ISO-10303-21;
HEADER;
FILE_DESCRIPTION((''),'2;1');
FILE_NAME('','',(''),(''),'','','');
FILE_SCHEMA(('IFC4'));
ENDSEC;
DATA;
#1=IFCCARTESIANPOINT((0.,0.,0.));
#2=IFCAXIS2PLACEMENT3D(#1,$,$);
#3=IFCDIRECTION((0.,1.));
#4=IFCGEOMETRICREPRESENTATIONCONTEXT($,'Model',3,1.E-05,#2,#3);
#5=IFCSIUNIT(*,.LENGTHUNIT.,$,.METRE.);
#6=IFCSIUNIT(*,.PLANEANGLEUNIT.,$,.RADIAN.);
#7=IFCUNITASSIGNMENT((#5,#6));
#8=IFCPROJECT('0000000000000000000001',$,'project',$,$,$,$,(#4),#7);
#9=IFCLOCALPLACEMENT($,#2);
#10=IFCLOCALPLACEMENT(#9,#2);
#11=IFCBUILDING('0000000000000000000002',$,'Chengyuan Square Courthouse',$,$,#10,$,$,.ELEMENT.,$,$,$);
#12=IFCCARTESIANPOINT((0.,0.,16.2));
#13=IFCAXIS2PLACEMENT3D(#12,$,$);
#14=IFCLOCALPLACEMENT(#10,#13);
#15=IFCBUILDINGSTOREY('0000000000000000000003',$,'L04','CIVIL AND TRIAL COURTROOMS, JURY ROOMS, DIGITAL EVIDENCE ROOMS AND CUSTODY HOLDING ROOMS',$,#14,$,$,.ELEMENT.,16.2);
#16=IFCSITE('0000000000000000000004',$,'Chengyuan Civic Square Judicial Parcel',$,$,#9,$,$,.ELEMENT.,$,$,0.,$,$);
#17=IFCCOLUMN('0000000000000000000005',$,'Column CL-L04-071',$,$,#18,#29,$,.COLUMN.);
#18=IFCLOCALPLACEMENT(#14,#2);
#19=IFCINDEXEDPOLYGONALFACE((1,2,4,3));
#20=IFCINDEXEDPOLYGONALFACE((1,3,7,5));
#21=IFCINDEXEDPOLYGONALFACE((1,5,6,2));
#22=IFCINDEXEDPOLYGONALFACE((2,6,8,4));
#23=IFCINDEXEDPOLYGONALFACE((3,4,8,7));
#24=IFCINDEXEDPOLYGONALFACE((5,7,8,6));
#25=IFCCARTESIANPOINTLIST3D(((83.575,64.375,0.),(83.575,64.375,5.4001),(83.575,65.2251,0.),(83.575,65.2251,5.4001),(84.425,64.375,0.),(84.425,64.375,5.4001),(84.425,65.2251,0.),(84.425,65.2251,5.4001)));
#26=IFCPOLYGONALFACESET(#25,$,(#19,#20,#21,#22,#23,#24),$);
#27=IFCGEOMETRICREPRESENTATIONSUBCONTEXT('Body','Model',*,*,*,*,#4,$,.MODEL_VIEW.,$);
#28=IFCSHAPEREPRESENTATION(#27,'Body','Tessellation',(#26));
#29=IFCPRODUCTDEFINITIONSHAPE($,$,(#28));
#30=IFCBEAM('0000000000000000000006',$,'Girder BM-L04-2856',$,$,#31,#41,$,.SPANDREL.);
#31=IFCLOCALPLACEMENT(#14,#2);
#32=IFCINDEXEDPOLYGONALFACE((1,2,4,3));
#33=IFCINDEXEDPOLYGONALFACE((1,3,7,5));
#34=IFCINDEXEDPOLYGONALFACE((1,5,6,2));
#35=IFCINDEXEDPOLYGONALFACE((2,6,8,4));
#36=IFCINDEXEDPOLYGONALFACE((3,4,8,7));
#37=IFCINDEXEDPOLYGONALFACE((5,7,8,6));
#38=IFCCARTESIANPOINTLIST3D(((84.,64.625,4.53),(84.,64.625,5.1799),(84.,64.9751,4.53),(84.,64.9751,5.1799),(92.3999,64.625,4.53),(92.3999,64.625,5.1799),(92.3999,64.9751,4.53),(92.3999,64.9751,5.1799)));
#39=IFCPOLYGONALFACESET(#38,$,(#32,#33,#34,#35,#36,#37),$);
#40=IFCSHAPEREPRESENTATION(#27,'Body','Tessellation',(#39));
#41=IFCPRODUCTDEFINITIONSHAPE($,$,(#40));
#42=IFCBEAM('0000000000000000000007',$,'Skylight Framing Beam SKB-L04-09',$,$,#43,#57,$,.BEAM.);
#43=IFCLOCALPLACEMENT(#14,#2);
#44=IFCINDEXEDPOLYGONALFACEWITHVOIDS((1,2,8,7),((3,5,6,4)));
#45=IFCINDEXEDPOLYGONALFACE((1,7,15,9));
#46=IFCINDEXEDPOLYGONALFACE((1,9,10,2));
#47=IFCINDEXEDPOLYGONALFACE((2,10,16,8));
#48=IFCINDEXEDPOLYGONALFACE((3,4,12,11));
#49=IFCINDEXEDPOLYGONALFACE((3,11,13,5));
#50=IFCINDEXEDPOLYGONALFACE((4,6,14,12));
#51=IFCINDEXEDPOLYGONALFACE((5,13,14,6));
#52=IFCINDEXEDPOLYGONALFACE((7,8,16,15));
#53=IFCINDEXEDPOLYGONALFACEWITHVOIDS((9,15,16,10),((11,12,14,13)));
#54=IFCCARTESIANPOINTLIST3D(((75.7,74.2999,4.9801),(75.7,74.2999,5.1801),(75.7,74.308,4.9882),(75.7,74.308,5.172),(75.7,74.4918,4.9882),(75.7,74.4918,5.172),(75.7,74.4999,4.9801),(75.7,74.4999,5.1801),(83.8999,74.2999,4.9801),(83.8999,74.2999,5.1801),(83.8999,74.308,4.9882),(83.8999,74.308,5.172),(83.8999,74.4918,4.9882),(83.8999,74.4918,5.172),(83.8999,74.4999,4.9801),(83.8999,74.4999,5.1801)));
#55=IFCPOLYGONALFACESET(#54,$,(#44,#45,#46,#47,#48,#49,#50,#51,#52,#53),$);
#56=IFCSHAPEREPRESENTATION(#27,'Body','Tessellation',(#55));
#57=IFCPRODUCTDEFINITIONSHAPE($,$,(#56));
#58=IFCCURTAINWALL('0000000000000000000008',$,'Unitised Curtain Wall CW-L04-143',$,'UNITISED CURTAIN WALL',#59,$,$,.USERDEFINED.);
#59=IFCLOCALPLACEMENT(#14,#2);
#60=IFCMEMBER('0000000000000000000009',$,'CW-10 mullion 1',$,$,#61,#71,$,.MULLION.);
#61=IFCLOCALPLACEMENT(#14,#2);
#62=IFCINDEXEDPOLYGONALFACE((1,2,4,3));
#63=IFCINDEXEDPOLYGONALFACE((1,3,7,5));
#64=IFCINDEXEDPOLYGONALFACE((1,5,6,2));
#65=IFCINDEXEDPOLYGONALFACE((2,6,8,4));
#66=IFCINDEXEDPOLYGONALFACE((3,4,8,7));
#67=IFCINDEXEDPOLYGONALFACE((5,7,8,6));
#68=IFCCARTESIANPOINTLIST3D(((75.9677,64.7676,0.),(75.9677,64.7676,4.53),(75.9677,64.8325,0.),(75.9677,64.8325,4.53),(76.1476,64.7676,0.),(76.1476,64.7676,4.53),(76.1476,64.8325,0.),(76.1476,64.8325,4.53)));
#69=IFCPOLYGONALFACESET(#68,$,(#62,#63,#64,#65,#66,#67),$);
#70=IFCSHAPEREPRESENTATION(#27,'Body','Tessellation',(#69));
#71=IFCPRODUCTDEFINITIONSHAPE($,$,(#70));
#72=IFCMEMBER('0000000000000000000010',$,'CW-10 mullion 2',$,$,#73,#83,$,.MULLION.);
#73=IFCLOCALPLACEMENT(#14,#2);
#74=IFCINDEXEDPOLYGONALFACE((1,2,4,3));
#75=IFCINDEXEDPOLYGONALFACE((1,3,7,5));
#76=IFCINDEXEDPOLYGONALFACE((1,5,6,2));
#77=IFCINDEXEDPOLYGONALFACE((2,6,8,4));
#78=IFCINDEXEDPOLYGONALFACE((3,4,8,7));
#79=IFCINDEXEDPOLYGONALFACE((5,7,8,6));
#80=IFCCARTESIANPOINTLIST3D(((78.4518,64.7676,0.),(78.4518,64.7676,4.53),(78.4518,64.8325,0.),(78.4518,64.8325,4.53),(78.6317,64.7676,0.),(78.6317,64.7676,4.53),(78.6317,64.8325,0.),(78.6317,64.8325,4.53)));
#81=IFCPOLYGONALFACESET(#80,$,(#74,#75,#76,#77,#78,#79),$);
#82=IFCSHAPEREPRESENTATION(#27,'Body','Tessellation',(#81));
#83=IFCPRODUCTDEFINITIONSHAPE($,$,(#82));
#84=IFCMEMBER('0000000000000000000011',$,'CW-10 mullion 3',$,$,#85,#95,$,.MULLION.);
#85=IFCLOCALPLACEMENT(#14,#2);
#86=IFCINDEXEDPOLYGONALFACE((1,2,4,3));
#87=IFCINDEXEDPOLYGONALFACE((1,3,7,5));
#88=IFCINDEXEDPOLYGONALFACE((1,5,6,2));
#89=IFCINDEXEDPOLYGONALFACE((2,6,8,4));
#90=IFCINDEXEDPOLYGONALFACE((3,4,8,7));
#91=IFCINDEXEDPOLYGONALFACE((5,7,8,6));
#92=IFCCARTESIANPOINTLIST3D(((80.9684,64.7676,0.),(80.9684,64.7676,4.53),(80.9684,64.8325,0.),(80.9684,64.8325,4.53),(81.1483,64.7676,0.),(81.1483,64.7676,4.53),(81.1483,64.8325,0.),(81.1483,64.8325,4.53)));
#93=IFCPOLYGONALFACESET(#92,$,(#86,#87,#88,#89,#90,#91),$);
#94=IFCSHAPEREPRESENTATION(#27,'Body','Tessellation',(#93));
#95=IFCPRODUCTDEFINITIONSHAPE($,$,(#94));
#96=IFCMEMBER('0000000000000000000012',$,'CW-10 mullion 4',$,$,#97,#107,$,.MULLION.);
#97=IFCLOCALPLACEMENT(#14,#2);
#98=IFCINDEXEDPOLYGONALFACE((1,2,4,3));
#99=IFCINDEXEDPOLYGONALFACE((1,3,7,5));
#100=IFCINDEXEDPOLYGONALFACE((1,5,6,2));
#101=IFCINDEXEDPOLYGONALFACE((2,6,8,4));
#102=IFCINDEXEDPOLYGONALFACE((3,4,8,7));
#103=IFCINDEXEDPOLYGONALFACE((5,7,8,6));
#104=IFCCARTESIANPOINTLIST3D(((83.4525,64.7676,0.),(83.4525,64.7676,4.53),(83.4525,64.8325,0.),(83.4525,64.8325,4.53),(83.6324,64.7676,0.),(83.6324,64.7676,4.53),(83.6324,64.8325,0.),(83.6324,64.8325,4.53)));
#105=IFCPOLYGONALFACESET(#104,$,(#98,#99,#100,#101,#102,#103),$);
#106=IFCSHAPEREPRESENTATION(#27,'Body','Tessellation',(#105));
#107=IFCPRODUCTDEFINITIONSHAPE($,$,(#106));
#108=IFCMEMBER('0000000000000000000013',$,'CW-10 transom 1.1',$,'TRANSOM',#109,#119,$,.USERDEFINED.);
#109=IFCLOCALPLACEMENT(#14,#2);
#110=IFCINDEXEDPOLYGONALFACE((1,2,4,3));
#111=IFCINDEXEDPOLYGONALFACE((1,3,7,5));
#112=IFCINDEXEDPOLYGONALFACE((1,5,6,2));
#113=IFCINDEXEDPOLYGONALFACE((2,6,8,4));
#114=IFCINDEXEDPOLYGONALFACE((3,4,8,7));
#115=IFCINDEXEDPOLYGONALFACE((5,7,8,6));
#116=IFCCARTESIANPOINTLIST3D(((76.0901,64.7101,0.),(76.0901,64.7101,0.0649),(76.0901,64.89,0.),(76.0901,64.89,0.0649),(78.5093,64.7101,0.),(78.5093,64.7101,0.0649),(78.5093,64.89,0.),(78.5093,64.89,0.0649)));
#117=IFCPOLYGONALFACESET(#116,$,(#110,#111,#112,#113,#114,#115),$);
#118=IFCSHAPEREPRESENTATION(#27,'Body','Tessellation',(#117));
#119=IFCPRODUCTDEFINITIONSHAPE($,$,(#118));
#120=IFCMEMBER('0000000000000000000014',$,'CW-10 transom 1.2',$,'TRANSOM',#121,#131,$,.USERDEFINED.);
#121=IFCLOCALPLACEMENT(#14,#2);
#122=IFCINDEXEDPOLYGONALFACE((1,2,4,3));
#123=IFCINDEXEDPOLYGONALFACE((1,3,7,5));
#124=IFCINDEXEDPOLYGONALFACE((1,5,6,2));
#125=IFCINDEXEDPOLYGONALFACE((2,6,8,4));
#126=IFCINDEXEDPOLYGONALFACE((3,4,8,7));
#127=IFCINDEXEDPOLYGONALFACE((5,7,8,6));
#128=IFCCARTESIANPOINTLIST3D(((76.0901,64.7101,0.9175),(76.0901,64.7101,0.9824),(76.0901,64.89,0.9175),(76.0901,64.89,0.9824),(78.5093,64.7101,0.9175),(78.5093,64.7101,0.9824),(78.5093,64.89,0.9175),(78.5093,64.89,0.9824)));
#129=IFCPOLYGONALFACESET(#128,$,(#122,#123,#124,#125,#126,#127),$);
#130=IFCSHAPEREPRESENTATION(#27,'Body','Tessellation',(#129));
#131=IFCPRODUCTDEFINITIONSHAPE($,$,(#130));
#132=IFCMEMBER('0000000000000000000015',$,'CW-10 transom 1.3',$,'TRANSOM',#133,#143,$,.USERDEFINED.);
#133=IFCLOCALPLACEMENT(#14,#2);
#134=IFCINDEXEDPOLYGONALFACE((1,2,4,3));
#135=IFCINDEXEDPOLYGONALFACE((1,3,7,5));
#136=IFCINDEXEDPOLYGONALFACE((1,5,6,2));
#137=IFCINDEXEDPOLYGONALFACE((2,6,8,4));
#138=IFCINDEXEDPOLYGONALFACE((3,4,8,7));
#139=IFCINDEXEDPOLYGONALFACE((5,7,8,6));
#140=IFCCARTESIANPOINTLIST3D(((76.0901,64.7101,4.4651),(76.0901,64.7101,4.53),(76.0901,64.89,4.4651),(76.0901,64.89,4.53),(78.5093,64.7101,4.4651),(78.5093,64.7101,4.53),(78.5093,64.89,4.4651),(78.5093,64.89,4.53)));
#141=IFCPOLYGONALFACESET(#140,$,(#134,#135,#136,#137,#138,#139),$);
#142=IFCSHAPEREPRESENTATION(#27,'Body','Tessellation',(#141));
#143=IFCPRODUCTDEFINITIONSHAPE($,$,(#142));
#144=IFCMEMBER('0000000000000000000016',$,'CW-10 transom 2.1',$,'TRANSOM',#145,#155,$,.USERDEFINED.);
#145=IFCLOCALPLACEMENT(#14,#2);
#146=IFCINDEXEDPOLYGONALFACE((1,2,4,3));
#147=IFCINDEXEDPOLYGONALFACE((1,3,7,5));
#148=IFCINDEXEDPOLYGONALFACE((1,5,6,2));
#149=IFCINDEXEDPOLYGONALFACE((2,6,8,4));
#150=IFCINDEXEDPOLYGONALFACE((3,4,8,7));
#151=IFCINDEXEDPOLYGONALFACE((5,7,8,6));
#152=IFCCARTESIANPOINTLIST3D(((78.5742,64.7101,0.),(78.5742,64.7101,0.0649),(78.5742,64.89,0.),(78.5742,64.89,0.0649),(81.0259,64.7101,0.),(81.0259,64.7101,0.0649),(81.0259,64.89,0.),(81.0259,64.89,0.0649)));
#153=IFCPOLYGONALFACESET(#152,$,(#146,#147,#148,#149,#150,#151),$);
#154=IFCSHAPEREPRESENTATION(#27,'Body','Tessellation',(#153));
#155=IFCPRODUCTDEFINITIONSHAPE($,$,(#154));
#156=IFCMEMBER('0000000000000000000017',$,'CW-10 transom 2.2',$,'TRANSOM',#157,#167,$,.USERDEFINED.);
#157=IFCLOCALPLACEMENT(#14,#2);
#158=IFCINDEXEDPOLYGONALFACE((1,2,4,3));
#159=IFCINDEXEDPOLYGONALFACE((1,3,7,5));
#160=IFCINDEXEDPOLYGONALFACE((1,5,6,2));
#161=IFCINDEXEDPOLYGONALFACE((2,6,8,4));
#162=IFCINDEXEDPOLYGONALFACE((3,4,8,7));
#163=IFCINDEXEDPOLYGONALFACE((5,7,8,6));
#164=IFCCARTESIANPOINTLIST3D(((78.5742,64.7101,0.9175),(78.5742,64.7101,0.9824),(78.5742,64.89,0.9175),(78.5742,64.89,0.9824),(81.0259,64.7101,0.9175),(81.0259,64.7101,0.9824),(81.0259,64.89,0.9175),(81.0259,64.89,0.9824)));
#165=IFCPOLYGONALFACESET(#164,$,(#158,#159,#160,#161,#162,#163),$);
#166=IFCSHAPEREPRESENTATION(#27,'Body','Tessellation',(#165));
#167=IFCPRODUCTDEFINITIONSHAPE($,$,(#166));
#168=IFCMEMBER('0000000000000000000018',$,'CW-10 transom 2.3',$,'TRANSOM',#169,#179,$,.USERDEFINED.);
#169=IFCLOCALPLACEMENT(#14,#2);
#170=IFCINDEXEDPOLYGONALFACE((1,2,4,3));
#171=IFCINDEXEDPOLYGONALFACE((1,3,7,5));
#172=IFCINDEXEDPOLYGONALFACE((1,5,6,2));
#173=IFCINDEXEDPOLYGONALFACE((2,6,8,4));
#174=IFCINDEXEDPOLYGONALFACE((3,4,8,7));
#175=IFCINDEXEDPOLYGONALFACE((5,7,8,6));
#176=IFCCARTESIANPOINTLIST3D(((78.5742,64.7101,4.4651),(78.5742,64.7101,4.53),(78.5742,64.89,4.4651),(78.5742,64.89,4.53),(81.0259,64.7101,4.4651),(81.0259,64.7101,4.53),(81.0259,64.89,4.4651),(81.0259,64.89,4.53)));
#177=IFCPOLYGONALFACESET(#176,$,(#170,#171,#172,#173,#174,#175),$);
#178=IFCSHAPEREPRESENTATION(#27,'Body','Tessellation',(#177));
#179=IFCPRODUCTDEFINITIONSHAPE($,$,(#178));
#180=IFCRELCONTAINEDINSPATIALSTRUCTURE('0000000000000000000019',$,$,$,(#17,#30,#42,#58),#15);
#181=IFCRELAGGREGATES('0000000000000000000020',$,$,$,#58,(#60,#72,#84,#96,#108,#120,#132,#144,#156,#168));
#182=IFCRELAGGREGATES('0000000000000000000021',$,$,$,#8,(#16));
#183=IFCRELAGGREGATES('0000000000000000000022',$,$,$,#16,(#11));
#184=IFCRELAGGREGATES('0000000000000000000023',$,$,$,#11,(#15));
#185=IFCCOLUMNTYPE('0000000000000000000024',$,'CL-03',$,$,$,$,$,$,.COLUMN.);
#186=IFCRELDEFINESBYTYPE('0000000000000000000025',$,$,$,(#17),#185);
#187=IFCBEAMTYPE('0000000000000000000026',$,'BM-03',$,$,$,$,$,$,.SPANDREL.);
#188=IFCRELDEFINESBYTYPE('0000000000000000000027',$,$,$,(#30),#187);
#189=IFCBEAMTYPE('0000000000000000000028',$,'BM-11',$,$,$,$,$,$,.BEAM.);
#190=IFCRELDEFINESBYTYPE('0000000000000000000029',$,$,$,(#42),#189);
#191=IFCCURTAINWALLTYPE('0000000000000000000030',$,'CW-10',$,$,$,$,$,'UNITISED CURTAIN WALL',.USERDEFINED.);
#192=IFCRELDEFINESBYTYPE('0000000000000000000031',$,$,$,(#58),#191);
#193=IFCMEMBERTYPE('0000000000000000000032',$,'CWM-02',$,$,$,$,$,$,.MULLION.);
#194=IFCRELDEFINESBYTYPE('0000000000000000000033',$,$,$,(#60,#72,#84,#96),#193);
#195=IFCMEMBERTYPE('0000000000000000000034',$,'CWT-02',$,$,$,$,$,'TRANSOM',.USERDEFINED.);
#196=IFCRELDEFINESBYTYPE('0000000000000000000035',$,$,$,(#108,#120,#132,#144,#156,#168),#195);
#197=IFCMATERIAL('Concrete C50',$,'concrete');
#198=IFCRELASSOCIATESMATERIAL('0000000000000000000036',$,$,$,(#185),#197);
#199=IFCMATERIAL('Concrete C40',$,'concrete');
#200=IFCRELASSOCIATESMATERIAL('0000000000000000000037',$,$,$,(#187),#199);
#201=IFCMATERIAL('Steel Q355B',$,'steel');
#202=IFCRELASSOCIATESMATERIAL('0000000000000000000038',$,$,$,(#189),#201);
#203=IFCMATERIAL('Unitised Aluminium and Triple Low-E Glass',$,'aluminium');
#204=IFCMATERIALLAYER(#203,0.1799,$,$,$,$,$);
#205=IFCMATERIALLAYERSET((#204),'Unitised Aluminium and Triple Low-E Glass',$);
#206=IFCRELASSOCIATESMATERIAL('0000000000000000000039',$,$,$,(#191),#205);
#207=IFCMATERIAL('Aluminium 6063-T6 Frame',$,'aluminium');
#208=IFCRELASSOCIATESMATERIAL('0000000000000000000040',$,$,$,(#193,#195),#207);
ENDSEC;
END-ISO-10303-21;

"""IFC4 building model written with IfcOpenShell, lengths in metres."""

from ifc_helpers import new_model, si_unit, direction, frame, origin, origin_2d, place, context, subcontext, project, spatial, rectangle, hollow_rectangle, extrude, material, layer, layer_set, material_profile, profile_set, type_object, element, aggregate, save


model = new_model("IFC4")

# Units and contexts
model_context = context("Model", 3, precision=1e-05, world=origin(), true_north=direction((0.0, 1.0)))
body_context = subcontext(model_context, "Body", "Model", "MODEL_VIEW")
ifc_project = project(units=[si_unit("LENGTHUNIT", "METRE"), si_unit("PLANEANGLEUNIT", "RADIAN")], contexts=[model_context])

# Site, building, storey
site_placement = place(None, origin())
site = spatial("IfcSite", under=ifc_project, at=site_placement, Name="Chengyuan Civic Square Judicial Parcel", CompositionType="ELEMENT", RefElevation=0.0)
building_placement = place(site_placement, origin())
building = spatial("IfcBuilding", under=site, at=building_placement, Name="Chengyuan Square Courthouse", CompositionType="ELEMENT")
storey_placement = place(building_placement, frame((0.0, 0.0, 16.2)))
storey = spatial("IfcBuildingStorey", under=building, at=storey_placement, Name="L04", Description="CIVIL AND TRIAL COURTROOMS, JURY ROOMS, DIGITAL EVIDENCE ROOMS AND CUSTODY HOLDING ROOMS", CompositionType="ELEMENT", Elevation=16.2)

# Column
ifc_material_1 = material(Name="Concrete C50", Category="concrete")
ifc_material_profile_1 = material_profile(ifc_material_1, rectangle(XDim=0.8501, YDim=0.8501, at=origin_2d()), Name="RC-COL-850x850")
ifc_profile_set_1 = profile_set([ifc_material_profile_1], Name="Concrete C50")
column_type = type_object("IfcColumnType", Name="CL-03", PredefinedType="COLUMN", material=ifc_profile_set_1)
column_placement = place(storey_placement, frame((84.0, 64.8, 0.0), z_axis=(0.0, 0.0, 1.0), x_axis=(1.0, 0.0, 0.0)))
element("IfcColumn", 1, at=column_placement, inside=storey, type_object=column_type, Name="Column CL-L04-071", PredefinedType="COLUMN", context=body_context, shape_type="SweptSolid", body=[
    extrude(rectangle(XDim=0.8501, YDim=0.8501, at=origin_2d()), origin(), (0.0, 0.0, 1.0), 5.4001),
])

# Beams
ifc_material_2 = material(Name="Concrete C40", Category="concrete")
ifc_material_profile_2 = material_profile(ifc_material_2, rectangle(XDim=0.3501, YDim=0.6499, at=origin_2d()), Name="RC-BM-350x650")
ifc_profile_set_2 = profile_set([ifc_material_profile_2], Name="Concrete C40")
beam_type_1 = type_object("IfcBeamType", Name="BM-03", PredefinedType="SPANDREL", material=ifc_profile_set_2)
beam_1_placement = place(storey_placement, frame((84.0, 64.8, 4.855), z_axis=(1.0, 0.0, 0.0), x_axis=(0.0, 1.0, 0.0)))
element("IfcBeam", 2, at=beam_1_placement, inside=storey, type_object=beam_type_1, Name="Girder BM-L04-2856", PredefinedType="SPANDREL", context=body_context, shape_type="SweptSolid", body=[
    extrude(rectangle(XDim=0.3501, YDim=0.6499, at=origin_2d()), origin(), (0.0, 0.0, 1.0), 8.3999),
])
ifc_material_3 = material(Name="Steel Q355B", Category="steel")
ifc_material_profile_3 = material_profile(ifc_material_3, hollow_rectangle(XDim=0.2, YDim=0.2, WallThickness=0.0081, at=origin_2d()), Name="SHS 200x200x8")
ifc_profile_set_3 = profile_set([ifc_material_profile_3], Name="Steel Q355B")
beam_type_2 = type_object("IfcBeamType", Name="BM-11", PredefinedType="BEAM", material=ifc_profile_set_3)
beam_2_placement = place(storey_placement, frame((75.7, 74.3999, 5.0801), z_axis=(1.0, 0.0, 0.0), x_axis=(0.0, 1.0, 0.0)))
element("IfcBeam", 3, at=beam_2_placement, inside=storey, type_object=beam_type_2, Name="Skylight Framing Beam SKB-L04-09", PredefinedType="BEAM", context=body_context, shape_type="SweptSolid", body=[
    extrude(hollow_rectangle(XDim=0.2, YDim=0.2, WallThickness=0.0081, at=origin_2d()), origin(), (0.0, 0.0, 1.0), 8.2),
])

# Curtain wall, members
ifc_material_4 = material(Name="Unitised Aluminium and Triple Low-E Glass", Category="aluminium")
ifc_layer_1 = layer(ifc_material_4, 0.1799)
ifc_layer_set_1 = layer_set([ifc_layer_1], Name="Unitised Aluminium and Triple Low-E Glass")
curtain_wall_type = type_object("IfcCurtainWallType", Name="CW-10", ElementType="UNITISED CURTAIN WALL", PredefinedType="USERDEFINED", material=ifc_layer_set_1)
curtain_wall_placement = place(storey_placement, origin())
curtain_wall = element("IfcCurtainWall", 4, at=curtain_wall_placement, inside=storey, type_object=curtain_wall_type, Name="Unitised Curtain Wall CW-L04-143", ObjectType="UNITISED CURTAIN WALL", PredefinedType="USERDEFINED")
ifc_material_5 = material(Name="Aluminium 6063-T6 Frame", Category="aluminium")
ifc_material_profile_4 = material_profile(ifc_material_5, rectangle(XDim=0.0649, YDim=0.1799, at=origin_2d()), Name="CW-MUL-65x180")
ifc_profile_set_4 = profile_set([ifc_material_profile_4], Name="Aluminium 6063-T6 Frame")
member_type_1 = type_object("IfcMemberType", Name="CWM-02", PredefinedType="MULLION", material=ifc_profile_set_4)
member_1_placement = place(storey_placement, frame((76.0576, 64.8, 0.0), z_axis=(0.0, 0.0, 1.0), x_axis=(0.0, 1.0, 0.0)))
member_1 = element("IfcMember", 5, at=member_1_placement, type_object=member_type_1, Name="CW-10 mullion 1", PredefinedType="MULLION", context=body_context, shape_type="SweptSolid", body=[
    extrude(rectangle(XDim=0.0649, YDim=0.1799, at=origin_2d()), origin(), (0.0, 0.0, 1.0), 4.53),
])
member_2_placement = place(storey_placement, frame((78.5417, 64.8, 0.0), z_axis=(0.0, 0.0, 1.0), x_axis=(0.0, 1.0, 0.0)))
member_2 = element("IfcMember", 6, at=member_2_placement, type_object=member_type_1, Name="CW-10 mullion 2", PredefinedType="MULLION", context=body_context, shape_type="SweptSolid", body=[
    extrude(rectangle(XDim=0.0649, YDim=0.1799, at=origin_2d()), origin(), (0.0, 0.0, 1.0), 4.53),
])
member_3_placement = place(storey_placement, frame((81.0583, 64.8, 0.0), z_axis=(0.0, 0.0, 1.0), x_axis=(0.0, 1.0, 0.0)))
member_3 = element("IfcMember", 7, at=member_3_placement, type_object=member_type_1, Name="CW-10 mullion 3", PredefinedType="MULLION", context=body_context, shape_type="SweptSolid", body=[
    extrude(rectangle(XDim=0.0649, YDim=0.1799, at=origin_2d()), origin(), (0.0, 0.0, 1.0), 4.53),
])
member_4_placement = place(storey_placement, frame((83.5425, 64.8, 0.0), z_axis=(0.0, 0.0, 1.0), x_axis=(0.0, 1.0, 0.0)))
member_4 = element("IfcMember", 8, at=member_4_placement, type_object=member_type_1, Name="CW-10 mullion 4", PredefinedType="MULLION", context=body_context, shape_type="SweptSolid", body=[
    extrude(rectangle(XDim=0.0649, YDim=0.1799, at=origin_2d()), origin(), (0.0, 0.0, 1.0), 4.53),
])
ifc_material_profile_5 = material_profile(ifc_material_5, rectangle(XDim=0.1799, YDim=0.0649, at=origin_2d()), Name="CW-TRN-65x140")
ifc_profile_set_5 = profile_set([ifc_material_profile_5], Name="Aluminium 6063-T6 Frame")
member_type_2 = type_object("IfcMemberType", Name="CWT-02", ElementType="TRANSOM", PredefinedType="USERDEFINED", material=ifc_profile_set_5)
member_5_placement = place(storey_placement, frame((76.0901, 64.8, 0.0325), z_axis=(1.0, 0.0, 0.0), x_axis=(0.0, 1.0, 0.0)))
member_5 = element("IfcMember", 9, at=member_5_placement, type_object=member_type_2, Name="CW-10 transom 1.1", ObjectType="TRANSOM", PredefinedType="USERDEFINED", context=body_context, shape_type="SweptSolid", body=[
    extrude(rectangle(XDim=0.1799, YDim=0.0649, at=origin_2d()), origin(), (0.0, 0.0, 1.0), 2.4192),
])
member_6_placement = place(storey_placement, frame((76.0901, 64.8, 0.95), z_axis=(1.0, 0.0, 0.0), x_axis=(0.0, 1.0, 0.0)))
member_6 = element("IfcMember", 10, at=member_6_placement, type_object=member_type_2, Name="CW-10 transom 1.2", ObjectType="TRANSOM", PredefinedType="USERDEFINED", context=body_context, shape_type="SweptSolid", body=[
    extrude(rectangle(XDim=0.1799, YDim=0.0649, at=origin_2d()), origin(), (0.0, 0.0, 1.0), 2.4192),
])
member_7_placement = place(storey_placement, frame((76.0901, 64.8, 4.4976), z_axis=(1.0, 0.0, 0.0), x_axis=(0.0, 1.0, 0.0)))
member_7 = element("IfcMember", 11, at=member_7_placement, type_object=member_type_2, Name="CW-10 transom 1.3", ObjectType="TRANSOM", PredefinedType="USERDEFINED", context=body_context, shape_type="SweptSolid", body=[
    extrude(rectangle(XDim=0.1799, YDim=0.0649, at=origin_2d()), origin(), (0.0, 0.0, 1.0), 2.4192),
])
member_8_placement = place(storey_placement, frame((78.5742, 64.8, 0.0325), z_axis=(1.0, 0.0, 0.0), x_axis=(0.0, 1.0, 0.0)))
member_8 = element("IfcMember", 12, at=member_8_placement, type_object=member_type_2, Name="CW-10 transom 2.1", ObjectType="TRANSOM", PredefinedType="USERDEFINED", context=body_context, shape_type="SweptSolid", body=[
    extrude(rectangle(XDim=0.1799, YDim=0.0649, at=origin_2d()), origin(), (0.0, 0.0, 1.0), 2.4517),
])
member_9_placement = place(storey_placement, frame((78.5742, 64.8, 0.95), z_axis=(1.0, 0.0, 0.0), x_axis=(0.0, 1.0, 0.0)))
member_9 = element("IfcMember", 13, at=member_9_placement, type_object=member_type_2, Name="CW-10 transom 2.2", ObjectType="TRANSOM", PredefinedType="USERDEFINED", context=body_context, shape_type="SweptSolid", body=[
    extrude(rectangle(XDim=0.1799, YDim=0.0649, at=origin_2d()), origin(), (0.0, 0.0, 1.0), 2.4517),
])
member_10_placement = place(storey_placement, frame((78.5742, 64.8, 4.4976), z_axis=(1.0, 0.0, 0.0), x_axis=(0.0, 1.0, 0.0)))
member_10 = element("IfcMember", 14, at=member_10_placement, type_object=member_type_2, Name="CW-10 transom 2.3", ObjectType="TRANSOM", PredefinedType="USERDEFINED", context=body_context, shape_type="SweptSolid", body=[
    extrude(rectangle(XDim=0.1799, YDim=0.0649, at=origin_2d()), origin(), (0.0, 0.0, 1.0), 2.4517),
])

aggregate(curtain_wall, [member_1, member_2, member_3, member_4, member_5, member_6, member_7, member_8, member_9, member_10])

save(model, "model.ifc")
